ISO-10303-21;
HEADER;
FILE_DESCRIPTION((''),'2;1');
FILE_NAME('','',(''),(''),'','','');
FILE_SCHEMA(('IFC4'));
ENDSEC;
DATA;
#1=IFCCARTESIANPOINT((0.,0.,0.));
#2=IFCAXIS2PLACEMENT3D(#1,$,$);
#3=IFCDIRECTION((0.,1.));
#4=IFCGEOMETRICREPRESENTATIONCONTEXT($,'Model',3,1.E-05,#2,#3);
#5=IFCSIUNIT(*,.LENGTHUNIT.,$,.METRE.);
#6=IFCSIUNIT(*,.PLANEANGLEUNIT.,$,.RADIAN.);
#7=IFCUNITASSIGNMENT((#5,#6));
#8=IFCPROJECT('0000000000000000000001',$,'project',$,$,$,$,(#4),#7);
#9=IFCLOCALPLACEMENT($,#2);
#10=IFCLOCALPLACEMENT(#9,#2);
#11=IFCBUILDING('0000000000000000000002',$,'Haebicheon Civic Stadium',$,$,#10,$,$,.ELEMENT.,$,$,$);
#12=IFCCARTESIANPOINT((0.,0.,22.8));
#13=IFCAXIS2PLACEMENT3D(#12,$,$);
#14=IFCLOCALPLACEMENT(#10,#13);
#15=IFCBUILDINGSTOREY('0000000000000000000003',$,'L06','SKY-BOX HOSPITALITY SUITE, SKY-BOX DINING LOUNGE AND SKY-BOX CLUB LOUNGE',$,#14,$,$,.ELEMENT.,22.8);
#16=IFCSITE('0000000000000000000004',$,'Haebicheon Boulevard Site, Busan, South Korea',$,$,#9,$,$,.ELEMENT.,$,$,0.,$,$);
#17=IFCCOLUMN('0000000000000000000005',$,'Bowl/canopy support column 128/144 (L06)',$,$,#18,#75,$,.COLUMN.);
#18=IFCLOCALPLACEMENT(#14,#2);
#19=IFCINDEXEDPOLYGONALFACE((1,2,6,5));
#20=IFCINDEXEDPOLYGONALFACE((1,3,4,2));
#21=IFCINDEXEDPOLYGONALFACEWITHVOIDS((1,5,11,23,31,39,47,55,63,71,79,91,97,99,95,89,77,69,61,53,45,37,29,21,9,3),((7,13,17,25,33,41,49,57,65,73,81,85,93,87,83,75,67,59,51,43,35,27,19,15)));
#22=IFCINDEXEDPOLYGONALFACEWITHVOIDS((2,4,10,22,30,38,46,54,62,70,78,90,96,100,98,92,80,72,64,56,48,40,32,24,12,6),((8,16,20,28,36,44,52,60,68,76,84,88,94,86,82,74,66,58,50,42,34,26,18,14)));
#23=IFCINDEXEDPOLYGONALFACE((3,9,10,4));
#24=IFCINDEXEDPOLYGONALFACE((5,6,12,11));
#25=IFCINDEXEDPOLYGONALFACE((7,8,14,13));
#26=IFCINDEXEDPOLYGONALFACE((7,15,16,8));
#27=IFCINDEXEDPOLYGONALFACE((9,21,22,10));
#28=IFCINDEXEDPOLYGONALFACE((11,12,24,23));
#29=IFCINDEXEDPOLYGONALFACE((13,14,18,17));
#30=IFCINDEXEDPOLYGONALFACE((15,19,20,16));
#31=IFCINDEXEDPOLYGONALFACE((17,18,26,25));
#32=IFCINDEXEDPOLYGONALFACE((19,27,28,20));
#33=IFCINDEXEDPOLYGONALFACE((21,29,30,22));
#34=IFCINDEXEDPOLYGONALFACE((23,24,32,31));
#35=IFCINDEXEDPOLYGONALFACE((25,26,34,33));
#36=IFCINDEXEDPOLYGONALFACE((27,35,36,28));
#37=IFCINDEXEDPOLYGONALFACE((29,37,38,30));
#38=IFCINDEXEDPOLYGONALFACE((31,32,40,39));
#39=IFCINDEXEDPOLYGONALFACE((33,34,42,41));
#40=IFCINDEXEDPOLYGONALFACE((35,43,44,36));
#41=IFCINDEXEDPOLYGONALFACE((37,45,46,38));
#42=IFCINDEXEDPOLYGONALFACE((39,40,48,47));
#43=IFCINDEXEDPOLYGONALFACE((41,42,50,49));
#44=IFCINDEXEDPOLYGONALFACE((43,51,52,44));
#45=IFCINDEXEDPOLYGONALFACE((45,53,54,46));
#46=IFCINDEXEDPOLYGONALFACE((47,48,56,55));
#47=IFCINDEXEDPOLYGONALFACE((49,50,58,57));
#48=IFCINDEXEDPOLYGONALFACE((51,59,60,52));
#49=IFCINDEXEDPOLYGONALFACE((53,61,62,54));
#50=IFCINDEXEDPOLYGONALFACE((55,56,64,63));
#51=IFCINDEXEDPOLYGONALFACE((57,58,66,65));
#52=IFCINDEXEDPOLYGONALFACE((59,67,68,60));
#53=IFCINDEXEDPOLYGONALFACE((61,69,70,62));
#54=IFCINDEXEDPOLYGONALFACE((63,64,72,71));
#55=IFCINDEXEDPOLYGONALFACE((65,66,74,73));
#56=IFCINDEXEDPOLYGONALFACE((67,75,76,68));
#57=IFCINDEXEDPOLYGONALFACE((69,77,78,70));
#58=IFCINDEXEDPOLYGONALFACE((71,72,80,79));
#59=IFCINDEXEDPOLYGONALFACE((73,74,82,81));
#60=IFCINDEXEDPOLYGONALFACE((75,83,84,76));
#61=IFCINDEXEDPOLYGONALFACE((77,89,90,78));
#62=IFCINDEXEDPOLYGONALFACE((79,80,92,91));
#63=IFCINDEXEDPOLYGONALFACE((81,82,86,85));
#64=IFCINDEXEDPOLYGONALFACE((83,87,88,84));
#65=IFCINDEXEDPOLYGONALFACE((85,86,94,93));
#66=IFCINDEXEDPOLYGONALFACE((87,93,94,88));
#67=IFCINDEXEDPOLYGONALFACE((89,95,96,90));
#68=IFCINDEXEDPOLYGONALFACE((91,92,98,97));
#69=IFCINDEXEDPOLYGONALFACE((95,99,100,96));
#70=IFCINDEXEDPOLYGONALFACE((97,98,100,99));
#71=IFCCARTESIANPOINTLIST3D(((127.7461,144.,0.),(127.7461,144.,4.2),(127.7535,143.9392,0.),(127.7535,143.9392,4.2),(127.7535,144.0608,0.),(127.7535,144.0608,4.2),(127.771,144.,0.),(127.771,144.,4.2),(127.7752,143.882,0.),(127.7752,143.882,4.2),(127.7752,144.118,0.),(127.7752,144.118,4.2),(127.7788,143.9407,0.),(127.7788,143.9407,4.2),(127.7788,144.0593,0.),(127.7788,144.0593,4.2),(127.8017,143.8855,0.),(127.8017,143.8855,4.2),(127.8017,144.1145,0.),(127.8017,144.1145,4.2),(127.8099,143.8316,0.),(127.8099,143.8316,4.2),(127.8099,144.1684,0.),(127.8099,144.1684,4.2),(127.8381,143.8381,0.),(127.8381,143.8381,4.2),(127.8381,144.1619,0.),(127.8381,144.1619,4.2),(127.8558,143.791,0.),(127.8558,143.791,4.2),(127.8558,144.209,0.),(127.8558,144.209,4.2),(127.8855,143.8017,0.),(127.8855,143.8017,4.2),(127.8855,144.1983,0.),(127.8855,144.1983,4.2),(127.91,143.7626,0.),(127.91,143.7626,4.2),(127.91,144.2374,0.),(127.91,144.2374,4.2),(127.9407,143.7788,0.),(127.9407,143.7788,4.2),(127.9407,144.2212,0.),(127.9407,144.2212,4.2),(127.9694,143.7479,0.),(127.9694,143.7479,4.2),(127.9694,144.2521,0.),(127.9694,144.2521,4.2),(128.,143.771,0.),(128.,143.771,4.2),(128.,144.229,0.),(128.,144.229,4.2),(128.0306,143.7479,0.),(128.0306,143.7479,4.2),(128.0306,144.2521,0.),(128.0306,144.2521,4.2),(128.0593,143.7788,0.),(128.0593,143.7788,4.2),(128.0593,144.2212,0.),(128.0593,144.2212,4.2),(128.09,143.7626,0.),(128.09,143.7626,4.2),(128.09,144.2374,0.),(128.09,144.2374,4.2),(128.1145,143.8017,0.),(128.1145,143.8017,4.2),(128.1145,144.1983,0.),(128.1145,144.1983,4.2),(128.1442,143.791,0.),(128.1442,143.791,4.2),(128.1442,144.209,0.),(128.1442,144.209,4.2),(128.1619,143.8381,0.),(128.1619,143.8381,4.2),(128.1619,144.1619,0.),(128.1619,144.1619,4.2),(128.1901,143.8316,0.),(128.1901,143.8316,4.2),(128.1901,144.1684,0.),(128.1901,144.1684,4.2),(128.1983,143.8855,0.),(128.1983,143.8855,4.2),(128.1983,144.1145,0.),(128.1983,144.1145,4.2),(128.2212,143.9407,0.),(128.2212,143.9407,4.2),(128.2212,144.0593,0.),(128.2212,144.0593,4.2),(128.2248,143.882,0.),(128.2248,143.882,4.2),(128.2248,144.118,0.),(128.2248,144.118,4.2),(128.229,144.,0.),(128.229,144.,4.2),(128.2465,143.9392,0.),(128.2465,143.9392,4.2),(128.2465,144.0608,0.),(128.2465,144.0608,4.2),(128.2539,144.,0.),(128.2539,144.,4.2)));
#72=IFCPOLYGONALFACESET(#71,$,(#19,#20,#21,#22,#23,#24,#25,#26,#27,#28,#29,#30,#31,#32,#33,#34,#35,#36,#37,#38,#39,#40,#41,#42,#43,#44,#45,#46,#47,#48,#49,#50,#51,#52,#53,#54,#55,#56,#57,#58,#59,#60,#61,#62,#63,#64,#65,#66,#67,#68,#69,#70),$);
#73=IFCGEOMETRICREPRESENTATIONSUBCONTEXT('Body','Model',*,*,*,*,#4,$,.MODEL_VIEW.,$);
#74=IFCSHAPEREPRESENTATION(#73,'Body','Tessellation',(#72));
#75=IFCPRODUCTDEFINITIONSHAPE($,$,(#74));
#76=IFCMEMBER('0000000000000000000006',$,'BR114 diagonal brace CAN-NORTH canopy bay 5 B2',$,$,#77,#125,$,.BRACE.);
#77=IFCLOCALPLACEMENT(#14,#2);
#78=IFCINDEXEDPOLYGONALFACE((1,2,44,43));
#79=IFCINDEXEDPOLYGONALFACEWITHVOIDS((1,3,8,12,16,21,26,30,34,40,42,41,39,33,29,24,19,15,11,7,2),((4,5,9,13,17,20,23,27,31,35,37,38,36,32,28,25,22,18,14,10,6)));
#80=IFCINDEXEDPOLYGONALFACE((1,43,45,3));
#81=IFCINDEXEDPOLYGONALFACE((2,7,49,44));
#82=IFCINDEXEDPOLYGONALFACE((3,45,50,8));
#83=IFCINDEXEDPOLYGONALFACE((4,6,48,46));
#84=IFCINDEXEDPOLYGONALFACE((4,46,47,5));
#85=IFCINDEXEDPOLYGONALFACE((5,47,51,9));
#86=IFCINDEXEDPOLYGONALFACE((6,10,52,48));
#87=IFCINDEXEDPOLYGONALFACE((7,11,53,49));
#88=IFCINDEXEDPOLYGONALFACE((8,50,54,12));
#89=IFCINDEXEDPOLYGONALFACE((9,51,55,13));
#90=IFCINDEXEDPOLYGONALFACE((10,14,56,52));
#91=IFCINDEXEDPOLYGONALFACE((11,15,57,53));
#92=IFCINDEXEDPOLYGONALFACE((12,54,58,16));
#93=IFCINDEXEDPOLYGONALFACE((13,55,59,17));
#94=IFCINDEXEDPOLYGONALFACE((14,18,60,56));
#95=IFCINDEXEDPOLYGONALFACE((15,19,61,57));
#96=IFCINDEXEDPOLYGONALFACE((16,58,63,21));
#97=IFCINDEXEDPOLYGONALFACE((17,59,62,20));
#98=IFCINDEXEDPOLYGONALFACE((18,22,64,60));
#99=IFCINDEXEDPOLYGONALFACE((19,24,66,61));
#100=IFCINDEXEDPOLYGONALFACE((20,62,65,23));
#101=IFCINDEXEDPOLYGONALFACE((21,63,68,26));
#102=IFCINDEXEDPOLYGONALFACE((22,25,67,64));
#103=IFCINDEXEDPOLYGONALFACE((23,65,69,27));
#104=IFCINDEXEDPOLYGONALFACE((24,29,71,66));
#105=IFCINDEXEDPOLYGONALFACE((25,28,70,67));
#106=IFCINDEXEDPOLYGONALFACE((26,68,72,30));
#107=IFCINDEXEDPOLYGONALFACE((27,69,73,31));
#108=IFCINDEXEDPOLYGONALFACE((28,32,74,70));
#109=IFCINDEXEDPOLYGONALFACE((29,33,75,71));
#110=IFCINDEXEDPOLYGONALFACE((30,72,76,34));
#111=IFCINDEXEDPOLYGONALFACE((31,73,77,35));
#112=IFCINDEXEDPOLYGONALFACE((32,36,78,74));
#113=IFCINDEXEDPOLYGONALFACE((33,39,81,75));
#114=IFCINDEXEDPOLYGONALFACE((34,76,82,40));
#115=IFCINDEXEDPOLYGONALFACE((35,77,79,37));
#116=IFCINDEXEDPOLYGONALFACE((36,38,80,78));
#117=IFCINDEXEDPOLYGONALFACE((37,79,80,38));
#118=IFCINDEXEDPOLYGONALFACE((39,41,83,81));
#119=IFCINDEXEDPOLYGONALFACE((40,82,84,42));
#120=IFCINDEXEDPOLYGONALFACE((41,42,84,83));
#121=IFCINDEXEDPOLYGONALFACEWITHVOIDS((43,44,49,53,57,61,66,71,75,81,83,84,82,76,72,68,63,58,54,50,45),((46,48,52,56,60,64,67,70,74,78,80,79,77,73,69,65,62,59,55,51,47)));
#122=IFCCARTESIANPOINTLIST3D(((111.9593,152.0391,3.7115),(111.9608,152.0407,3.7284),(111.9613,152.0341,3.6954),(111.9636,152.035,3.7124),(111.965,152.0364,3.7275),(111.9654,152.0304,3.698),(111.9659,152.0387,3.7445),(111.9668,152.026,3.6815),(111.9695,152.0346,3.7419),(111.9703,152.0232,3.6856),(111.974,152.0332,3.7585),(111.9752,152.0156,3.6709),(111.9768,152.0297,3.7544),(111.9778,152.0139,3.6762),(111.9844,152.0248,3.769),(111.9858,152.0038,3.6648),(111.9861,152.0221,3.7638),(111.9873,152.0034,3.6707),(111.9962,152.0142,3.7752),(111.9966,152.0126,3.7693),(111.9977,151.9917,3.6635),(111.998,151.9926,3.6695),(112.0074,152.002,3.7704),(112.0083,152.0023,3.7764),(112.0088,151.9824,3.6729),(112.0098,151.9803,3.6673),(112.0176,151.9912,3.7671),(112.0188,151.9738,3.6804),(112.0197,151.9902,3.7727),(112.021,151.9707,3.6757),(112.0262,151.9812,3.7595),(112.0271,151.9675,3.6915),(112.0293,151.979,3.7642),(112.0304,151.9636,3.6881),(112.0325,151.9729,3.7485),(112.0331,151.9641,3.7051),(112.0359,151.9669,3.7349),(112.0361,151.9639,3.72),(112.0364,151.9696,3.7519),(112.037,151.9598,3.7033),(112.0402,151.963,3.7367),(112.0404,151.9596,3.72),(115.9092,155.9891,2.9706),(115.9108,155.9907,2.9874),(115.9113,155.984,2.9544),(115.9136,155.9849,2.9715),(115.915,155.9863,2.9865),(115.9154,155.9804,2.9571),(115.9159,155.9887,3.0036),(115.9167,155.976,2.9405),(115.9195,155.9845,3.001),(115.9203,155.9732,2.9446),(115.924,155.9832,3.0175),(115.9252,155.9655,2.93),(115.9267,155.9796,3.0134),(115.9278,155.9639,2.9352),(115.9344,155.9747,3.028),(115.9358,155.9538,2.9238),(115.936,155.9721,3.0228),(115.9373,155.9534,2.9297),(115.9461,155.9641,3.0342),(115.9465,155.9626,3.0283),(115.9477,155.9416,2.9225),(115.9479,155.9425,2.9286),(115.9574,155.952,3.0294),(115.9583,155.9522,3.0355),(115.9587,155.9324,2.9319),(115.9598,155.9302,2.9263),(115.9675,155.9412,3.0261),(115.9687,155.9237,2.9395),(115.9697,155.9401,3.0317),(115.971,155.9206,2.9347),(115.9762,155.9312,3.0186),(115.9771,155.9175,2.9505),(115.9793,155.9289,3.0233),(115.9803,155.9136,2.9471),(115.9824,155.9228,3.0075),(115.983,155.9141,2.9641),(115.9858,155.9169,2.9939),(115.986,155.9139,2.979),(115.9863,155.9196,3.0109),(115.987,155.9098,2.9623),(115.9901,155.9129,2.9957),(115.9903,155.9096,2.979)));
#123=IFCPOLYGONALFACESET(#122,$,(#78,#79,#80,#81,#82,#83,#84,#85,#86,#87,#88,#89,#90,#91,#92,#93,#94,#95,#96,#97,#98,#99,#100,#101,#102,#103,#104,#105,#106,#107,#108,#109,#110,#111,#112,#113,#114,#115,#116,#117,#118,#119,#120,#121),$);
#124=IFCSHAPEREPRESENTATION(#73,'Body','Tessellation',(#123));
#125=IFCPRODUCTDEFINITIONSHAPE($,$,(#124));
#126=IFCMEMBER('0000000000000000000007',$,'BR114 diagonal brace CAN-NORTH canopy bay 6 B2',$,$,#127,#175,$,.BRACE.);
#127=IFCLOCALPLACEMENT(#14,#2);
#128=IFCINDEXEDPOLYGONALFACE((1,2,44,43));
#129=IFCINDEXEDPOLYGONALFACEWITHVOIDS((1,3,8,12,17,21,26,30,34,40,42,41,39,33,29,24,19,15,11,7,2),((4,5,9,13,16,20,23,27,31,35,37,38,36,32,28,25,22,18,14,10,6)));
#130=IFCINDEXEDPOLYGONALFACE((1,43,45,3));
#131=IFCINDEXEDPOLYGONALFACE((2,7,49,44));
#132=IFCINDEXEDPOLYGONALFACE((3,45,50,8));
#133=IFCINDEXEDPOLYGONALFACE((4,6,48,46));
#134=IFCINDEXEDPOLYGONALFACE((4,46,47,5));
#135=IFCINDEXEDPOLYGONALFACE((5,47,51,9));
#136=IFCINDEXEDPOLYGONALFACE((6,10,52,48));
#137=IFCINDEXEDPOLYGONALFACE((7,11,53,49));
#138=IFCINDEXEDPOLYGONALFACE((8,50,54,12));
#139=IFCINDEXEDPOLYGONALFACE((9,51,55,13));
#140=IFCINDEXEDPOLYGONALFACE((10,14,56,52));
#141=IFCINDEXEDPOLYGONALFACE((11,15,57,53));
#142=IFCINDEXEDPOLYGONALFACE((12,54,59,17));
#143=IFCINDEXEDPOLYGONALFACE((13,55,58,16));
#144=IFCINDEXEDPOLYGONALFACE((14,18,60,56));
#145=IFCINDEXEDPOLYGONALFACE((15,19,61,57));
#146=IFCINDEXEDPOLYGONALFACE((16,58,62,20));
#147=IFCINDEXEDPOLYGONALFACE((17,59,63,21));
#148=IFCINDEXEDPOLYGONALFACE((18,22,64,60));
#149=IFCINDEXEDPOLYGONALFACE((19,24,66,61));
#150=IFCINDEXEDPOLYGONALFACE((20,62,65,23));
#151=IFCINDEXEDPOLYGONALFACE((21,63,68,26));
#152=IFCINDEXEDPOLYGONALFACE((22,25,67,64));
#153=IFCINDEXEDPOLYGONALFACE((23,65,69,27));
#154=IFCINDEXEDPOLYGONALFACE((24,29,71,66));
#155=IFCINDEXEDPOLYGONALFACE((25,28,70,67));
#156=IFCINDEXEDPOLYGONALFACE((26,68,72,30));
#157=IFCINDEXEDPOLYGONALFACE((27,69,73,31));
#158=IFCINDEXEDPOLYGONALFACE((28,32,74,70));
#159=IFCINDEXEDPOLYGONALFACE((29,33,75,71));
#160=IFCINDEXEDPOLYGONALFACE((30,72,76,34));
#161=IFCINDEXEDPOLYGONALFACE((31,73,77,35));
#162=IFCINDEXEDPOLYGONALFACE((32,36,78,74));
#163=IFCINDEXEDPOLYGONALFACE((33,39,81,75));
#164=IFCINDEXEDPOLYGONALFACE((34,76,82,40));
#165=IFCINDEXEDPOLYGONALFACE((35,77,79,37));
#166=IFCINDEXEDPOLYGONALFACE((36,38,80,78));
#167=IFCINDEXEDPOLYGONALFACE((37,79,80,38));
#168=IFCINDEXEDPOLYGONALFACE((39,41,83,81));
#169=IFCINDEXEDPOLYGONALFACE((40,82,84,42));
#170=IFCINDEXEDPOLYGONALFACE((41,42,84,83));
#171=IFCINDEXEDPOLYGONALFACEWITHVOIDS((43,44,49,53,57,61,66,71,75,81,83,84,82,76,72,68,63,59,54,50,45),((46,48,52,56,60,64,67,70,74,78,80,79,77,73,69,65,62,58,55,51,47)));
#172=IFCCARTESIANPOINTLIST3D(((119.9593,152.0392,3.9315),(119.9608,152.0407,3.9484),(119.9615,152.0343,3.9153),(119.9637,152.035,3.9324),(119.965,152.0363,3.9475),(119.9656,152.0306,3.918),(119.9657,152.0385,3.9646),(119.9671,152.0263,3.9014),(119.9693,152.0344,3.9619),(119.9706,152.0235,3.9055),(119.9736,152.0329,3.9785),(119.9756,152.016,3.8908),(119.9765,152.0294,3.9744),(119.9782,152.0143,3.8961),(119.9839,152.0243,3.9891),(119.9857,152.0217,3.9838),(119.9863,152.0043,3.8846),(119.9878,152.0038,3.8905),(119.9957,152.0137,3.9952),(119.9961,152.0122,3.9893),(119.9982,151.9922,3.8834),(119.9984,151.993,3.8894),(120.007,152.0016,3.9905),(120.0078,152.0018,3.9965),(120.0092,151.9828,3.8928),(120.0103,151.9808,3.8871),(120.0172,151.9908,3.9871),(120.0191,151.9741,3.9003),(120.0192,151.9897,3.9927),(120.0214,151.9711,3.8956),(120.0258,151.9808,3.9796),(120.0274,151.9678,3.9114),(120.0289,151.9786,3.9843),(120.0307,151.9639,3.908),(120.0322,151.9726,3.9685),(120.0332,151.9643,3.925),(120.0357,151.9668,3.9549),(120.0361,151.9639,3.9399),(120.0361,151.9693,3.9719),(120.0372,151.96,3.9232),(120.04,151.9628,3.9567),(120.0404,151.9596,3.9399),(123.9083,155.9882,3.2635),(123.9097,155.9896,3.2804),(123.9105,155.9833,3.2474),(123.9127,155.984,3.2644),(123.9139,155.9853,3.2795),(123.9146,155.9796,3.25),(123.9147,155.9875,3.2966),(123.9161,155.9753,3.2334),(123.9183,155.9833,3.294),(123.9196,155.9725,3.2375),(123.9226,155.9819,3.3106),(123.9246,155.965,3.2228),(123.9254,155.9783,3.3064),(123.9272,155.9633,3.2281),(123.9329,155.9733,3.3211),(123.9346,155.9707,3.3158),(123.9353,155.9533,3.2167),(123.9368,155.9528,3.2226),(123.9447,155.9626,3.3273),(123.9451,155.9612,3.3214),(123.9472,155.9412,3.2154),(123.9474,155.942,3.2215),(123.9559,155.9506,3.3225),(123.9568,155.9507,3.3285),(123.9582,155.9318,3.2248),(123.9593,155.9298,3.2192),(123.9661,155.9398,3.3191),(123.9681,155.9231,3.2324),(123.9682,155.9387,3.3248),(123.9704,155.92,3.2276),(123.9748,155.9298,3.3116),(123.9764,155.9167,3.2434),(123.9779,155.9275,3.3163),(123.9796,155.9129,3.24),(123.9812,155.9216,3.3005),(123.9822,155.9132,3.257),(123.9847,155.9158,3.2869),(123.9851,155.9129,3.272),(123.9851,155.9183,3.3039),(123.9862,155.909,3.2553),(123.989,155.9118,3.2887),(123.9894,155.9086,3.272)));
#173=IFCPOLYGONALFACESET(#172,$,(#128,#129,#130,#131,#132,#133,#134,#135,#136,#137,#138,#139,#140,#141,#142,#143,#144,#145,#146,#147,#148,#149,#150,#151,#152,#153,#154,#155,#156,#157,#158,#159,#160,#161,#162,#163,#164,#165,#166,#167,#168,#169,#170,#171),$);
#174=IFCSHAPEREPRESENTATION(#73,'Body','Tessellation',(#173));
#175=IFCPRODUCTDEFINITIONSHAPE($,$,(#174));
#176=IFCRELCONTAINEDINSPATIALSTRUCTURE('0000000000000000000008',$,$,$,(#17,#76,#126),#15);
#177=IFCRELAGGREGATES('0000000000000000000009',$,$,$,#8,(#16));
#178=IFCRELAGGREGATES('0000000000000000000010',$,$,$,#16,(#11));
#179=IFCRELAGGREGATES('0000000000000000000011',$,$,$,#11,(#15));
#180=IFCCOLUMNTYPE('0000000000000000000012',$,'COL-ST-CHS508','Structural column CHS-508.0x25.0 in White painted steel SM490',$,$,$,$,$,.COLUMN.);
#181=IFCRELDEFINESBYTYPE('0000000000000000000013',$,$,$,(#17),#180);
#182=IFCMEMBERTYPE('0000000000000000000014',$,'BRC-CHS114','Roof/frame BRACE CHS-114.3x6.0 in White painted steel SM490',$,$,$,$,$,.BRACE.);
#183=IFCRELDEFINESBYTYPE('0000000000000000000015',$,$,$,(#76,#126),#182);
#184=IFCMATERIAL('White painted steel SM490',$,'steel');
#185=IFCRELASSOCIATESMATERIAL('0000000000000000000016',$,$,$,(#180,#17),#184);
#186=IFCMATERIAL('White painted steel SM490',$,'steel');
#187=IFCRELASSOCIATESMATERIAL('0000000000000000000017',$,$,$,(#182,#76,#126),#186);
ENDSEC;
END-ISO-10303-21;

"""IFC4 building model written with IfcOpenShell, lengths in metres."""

from ifc_helpers import new_model, si_unit, direction, frame, origin, origin_2d, place, context, subcontext, project, spatial, hollow_circle, extrude, material, material_profile, profile_set, type_object, element, save


model = new_model("IFC4")

# Units and contexts
model_context = context("Model", 3, precision=1e-05, world=origin(), true_north=direction((0.0, 1.0)))
body_context = subcontext(model_context, "Body", "Model", "MODEL_VIEW")
ifc_project = project(units=[si_unit("LENGTHUNIT", "METRE"), si_unit("PLANEANGLEUNIT", "RADIAN")], contexts=[model_context])

# Site, building, storey
site_placement = place(None, origin())
site = spatial("IfcSite", under=ifc_project, at=site_placement, Name="Haebicheon Boulevard Site, Busan, South Korea", CompositionType="ELEMENT", RefElevation=0.0)
building_placement = place(site_placement, origin())
building = spatial("IfcBuilding", under=site, at=building_placement, Name="Haebicheon Civic Stadium", CompositionType="ELEMENT")
storey_placement = place(building_placement, frame((0.0, 0.0, 22.8)))
storey = spatial("IfcBuildingStorey", under=building, at=storey_placement, Name="L06", Description="SKY-BOX HOSPITALITY SUITE, SKY-BOX DINING LOUNGE AND SKY-BOX CLUB LOUNGE", CompositionType="ELEMENT", Elevation=22.8)

# Column
ifc_material_1 = material(Name="White painted steel SM490", Category="steel")
ifc_material_profile_1 = material_profile(ifc_material_1, hollow_circle(Radius=0.2539, WallThickness=0.0249, at=origin_2d()), Name="CHS-508.0x25.0")
ifc_profile_set_1 = profile_set([ifc_material_profile_1], Name="White painted steel SM490")
column_type = type_object("IfcColumnType", Name="COL-ST-CHS508", Description="Structural column CHS-508.0x25.0 in White painted steel SM490", PredefinedType="COLUMN", material=ifc_profile_set_1)
column_1_placement = place(storey_placement, frame((128.0, 144.0, 0.0), z_axis=(0.0, 0.0, 1.0), x_axis=(1.0, 0.0, 0.0)))
element("IfcColumn", 1, at=column_1_placement, inside=storey, type_object=column_type, material=ifc_profile_set_1, Name="Bowl/canopy support column 128/144 (L06)", PredefinedType="COLUMN", context=body_context, shape_type="SweptSolid", body=[
    extrude(hollow_circle(Radius=0.2539, WallThickness=0.0249, at=origin_2d()), origin(), (0.0, 0.0, 1.0), 4.2),
])

# Members
ifc_material_2 = material(Name="White painted steel SM490", Category="steel")
ifc_material_profile_2 = material_profile(ifc_material_2, hollow_circle(Radius=0.0571, WallThickness=0.0061, at=origin_2d()), Name="CHS-114.3x6.0")
ifc_profile_set_2 = profile_set([ifc_material_profile_2], Name="White painted steel SM490")
member_type_1 = type_object("IfcMemberType", Name="BRC-CHS114", Description="Roof/frame BRACE CHS-114.3x6.0 in White painted steel SM490", PredefinedType="BRACE", material=ifc_profile_set_2)
member_1_placement = place(storey_placement, frame((115.95, 155.95, 2.979), z_axis=(-0.700967, -0.700967, 0.131494), x_axis=(0.707107, -0.707107, 0.0)))
element("IfcMember", 2, at=member_1_placement, inside=storey, type_object=member_type_1, material=ifc_profile_set_2, Name="BR114 diagonal brace CAN-NORTH canopy bay 5 B2", PredefinedType="BRACE", context=body_context, shape_type="SweptSolid", body=[
    extrude(hollow_circle(Radius=0.0571, WallThickness=0.0061, at=origin_2d()), origin(), (0.0, 0.0, 1.0), 5.635),
])
member_2_placement = place(storey_placement, frame((123.949, 155.949, 3.272), z_axis=(-0.702103, -0.702103, 0.118761), x_axis=(0.707107, -0.707107, 0.0)))
element("IfcMember", 3, at=member_2_placement, inside=storey, type_object=member_type_1, material=ifc_profile_set_2, Name="BR114 diagonal brace CAN-NORTH canopy bay 6 B2", PredefinedType="BRACE", context=body_context, shape_type="SweptSolid", body=[
    extrude(hollow_circle(Radius=0.0571, WallThickness=0.0061, at=origin_2d()), origin(), (0.0, 0.0, 1.0), 5.6245),
])

save(model, "model.ifc")
